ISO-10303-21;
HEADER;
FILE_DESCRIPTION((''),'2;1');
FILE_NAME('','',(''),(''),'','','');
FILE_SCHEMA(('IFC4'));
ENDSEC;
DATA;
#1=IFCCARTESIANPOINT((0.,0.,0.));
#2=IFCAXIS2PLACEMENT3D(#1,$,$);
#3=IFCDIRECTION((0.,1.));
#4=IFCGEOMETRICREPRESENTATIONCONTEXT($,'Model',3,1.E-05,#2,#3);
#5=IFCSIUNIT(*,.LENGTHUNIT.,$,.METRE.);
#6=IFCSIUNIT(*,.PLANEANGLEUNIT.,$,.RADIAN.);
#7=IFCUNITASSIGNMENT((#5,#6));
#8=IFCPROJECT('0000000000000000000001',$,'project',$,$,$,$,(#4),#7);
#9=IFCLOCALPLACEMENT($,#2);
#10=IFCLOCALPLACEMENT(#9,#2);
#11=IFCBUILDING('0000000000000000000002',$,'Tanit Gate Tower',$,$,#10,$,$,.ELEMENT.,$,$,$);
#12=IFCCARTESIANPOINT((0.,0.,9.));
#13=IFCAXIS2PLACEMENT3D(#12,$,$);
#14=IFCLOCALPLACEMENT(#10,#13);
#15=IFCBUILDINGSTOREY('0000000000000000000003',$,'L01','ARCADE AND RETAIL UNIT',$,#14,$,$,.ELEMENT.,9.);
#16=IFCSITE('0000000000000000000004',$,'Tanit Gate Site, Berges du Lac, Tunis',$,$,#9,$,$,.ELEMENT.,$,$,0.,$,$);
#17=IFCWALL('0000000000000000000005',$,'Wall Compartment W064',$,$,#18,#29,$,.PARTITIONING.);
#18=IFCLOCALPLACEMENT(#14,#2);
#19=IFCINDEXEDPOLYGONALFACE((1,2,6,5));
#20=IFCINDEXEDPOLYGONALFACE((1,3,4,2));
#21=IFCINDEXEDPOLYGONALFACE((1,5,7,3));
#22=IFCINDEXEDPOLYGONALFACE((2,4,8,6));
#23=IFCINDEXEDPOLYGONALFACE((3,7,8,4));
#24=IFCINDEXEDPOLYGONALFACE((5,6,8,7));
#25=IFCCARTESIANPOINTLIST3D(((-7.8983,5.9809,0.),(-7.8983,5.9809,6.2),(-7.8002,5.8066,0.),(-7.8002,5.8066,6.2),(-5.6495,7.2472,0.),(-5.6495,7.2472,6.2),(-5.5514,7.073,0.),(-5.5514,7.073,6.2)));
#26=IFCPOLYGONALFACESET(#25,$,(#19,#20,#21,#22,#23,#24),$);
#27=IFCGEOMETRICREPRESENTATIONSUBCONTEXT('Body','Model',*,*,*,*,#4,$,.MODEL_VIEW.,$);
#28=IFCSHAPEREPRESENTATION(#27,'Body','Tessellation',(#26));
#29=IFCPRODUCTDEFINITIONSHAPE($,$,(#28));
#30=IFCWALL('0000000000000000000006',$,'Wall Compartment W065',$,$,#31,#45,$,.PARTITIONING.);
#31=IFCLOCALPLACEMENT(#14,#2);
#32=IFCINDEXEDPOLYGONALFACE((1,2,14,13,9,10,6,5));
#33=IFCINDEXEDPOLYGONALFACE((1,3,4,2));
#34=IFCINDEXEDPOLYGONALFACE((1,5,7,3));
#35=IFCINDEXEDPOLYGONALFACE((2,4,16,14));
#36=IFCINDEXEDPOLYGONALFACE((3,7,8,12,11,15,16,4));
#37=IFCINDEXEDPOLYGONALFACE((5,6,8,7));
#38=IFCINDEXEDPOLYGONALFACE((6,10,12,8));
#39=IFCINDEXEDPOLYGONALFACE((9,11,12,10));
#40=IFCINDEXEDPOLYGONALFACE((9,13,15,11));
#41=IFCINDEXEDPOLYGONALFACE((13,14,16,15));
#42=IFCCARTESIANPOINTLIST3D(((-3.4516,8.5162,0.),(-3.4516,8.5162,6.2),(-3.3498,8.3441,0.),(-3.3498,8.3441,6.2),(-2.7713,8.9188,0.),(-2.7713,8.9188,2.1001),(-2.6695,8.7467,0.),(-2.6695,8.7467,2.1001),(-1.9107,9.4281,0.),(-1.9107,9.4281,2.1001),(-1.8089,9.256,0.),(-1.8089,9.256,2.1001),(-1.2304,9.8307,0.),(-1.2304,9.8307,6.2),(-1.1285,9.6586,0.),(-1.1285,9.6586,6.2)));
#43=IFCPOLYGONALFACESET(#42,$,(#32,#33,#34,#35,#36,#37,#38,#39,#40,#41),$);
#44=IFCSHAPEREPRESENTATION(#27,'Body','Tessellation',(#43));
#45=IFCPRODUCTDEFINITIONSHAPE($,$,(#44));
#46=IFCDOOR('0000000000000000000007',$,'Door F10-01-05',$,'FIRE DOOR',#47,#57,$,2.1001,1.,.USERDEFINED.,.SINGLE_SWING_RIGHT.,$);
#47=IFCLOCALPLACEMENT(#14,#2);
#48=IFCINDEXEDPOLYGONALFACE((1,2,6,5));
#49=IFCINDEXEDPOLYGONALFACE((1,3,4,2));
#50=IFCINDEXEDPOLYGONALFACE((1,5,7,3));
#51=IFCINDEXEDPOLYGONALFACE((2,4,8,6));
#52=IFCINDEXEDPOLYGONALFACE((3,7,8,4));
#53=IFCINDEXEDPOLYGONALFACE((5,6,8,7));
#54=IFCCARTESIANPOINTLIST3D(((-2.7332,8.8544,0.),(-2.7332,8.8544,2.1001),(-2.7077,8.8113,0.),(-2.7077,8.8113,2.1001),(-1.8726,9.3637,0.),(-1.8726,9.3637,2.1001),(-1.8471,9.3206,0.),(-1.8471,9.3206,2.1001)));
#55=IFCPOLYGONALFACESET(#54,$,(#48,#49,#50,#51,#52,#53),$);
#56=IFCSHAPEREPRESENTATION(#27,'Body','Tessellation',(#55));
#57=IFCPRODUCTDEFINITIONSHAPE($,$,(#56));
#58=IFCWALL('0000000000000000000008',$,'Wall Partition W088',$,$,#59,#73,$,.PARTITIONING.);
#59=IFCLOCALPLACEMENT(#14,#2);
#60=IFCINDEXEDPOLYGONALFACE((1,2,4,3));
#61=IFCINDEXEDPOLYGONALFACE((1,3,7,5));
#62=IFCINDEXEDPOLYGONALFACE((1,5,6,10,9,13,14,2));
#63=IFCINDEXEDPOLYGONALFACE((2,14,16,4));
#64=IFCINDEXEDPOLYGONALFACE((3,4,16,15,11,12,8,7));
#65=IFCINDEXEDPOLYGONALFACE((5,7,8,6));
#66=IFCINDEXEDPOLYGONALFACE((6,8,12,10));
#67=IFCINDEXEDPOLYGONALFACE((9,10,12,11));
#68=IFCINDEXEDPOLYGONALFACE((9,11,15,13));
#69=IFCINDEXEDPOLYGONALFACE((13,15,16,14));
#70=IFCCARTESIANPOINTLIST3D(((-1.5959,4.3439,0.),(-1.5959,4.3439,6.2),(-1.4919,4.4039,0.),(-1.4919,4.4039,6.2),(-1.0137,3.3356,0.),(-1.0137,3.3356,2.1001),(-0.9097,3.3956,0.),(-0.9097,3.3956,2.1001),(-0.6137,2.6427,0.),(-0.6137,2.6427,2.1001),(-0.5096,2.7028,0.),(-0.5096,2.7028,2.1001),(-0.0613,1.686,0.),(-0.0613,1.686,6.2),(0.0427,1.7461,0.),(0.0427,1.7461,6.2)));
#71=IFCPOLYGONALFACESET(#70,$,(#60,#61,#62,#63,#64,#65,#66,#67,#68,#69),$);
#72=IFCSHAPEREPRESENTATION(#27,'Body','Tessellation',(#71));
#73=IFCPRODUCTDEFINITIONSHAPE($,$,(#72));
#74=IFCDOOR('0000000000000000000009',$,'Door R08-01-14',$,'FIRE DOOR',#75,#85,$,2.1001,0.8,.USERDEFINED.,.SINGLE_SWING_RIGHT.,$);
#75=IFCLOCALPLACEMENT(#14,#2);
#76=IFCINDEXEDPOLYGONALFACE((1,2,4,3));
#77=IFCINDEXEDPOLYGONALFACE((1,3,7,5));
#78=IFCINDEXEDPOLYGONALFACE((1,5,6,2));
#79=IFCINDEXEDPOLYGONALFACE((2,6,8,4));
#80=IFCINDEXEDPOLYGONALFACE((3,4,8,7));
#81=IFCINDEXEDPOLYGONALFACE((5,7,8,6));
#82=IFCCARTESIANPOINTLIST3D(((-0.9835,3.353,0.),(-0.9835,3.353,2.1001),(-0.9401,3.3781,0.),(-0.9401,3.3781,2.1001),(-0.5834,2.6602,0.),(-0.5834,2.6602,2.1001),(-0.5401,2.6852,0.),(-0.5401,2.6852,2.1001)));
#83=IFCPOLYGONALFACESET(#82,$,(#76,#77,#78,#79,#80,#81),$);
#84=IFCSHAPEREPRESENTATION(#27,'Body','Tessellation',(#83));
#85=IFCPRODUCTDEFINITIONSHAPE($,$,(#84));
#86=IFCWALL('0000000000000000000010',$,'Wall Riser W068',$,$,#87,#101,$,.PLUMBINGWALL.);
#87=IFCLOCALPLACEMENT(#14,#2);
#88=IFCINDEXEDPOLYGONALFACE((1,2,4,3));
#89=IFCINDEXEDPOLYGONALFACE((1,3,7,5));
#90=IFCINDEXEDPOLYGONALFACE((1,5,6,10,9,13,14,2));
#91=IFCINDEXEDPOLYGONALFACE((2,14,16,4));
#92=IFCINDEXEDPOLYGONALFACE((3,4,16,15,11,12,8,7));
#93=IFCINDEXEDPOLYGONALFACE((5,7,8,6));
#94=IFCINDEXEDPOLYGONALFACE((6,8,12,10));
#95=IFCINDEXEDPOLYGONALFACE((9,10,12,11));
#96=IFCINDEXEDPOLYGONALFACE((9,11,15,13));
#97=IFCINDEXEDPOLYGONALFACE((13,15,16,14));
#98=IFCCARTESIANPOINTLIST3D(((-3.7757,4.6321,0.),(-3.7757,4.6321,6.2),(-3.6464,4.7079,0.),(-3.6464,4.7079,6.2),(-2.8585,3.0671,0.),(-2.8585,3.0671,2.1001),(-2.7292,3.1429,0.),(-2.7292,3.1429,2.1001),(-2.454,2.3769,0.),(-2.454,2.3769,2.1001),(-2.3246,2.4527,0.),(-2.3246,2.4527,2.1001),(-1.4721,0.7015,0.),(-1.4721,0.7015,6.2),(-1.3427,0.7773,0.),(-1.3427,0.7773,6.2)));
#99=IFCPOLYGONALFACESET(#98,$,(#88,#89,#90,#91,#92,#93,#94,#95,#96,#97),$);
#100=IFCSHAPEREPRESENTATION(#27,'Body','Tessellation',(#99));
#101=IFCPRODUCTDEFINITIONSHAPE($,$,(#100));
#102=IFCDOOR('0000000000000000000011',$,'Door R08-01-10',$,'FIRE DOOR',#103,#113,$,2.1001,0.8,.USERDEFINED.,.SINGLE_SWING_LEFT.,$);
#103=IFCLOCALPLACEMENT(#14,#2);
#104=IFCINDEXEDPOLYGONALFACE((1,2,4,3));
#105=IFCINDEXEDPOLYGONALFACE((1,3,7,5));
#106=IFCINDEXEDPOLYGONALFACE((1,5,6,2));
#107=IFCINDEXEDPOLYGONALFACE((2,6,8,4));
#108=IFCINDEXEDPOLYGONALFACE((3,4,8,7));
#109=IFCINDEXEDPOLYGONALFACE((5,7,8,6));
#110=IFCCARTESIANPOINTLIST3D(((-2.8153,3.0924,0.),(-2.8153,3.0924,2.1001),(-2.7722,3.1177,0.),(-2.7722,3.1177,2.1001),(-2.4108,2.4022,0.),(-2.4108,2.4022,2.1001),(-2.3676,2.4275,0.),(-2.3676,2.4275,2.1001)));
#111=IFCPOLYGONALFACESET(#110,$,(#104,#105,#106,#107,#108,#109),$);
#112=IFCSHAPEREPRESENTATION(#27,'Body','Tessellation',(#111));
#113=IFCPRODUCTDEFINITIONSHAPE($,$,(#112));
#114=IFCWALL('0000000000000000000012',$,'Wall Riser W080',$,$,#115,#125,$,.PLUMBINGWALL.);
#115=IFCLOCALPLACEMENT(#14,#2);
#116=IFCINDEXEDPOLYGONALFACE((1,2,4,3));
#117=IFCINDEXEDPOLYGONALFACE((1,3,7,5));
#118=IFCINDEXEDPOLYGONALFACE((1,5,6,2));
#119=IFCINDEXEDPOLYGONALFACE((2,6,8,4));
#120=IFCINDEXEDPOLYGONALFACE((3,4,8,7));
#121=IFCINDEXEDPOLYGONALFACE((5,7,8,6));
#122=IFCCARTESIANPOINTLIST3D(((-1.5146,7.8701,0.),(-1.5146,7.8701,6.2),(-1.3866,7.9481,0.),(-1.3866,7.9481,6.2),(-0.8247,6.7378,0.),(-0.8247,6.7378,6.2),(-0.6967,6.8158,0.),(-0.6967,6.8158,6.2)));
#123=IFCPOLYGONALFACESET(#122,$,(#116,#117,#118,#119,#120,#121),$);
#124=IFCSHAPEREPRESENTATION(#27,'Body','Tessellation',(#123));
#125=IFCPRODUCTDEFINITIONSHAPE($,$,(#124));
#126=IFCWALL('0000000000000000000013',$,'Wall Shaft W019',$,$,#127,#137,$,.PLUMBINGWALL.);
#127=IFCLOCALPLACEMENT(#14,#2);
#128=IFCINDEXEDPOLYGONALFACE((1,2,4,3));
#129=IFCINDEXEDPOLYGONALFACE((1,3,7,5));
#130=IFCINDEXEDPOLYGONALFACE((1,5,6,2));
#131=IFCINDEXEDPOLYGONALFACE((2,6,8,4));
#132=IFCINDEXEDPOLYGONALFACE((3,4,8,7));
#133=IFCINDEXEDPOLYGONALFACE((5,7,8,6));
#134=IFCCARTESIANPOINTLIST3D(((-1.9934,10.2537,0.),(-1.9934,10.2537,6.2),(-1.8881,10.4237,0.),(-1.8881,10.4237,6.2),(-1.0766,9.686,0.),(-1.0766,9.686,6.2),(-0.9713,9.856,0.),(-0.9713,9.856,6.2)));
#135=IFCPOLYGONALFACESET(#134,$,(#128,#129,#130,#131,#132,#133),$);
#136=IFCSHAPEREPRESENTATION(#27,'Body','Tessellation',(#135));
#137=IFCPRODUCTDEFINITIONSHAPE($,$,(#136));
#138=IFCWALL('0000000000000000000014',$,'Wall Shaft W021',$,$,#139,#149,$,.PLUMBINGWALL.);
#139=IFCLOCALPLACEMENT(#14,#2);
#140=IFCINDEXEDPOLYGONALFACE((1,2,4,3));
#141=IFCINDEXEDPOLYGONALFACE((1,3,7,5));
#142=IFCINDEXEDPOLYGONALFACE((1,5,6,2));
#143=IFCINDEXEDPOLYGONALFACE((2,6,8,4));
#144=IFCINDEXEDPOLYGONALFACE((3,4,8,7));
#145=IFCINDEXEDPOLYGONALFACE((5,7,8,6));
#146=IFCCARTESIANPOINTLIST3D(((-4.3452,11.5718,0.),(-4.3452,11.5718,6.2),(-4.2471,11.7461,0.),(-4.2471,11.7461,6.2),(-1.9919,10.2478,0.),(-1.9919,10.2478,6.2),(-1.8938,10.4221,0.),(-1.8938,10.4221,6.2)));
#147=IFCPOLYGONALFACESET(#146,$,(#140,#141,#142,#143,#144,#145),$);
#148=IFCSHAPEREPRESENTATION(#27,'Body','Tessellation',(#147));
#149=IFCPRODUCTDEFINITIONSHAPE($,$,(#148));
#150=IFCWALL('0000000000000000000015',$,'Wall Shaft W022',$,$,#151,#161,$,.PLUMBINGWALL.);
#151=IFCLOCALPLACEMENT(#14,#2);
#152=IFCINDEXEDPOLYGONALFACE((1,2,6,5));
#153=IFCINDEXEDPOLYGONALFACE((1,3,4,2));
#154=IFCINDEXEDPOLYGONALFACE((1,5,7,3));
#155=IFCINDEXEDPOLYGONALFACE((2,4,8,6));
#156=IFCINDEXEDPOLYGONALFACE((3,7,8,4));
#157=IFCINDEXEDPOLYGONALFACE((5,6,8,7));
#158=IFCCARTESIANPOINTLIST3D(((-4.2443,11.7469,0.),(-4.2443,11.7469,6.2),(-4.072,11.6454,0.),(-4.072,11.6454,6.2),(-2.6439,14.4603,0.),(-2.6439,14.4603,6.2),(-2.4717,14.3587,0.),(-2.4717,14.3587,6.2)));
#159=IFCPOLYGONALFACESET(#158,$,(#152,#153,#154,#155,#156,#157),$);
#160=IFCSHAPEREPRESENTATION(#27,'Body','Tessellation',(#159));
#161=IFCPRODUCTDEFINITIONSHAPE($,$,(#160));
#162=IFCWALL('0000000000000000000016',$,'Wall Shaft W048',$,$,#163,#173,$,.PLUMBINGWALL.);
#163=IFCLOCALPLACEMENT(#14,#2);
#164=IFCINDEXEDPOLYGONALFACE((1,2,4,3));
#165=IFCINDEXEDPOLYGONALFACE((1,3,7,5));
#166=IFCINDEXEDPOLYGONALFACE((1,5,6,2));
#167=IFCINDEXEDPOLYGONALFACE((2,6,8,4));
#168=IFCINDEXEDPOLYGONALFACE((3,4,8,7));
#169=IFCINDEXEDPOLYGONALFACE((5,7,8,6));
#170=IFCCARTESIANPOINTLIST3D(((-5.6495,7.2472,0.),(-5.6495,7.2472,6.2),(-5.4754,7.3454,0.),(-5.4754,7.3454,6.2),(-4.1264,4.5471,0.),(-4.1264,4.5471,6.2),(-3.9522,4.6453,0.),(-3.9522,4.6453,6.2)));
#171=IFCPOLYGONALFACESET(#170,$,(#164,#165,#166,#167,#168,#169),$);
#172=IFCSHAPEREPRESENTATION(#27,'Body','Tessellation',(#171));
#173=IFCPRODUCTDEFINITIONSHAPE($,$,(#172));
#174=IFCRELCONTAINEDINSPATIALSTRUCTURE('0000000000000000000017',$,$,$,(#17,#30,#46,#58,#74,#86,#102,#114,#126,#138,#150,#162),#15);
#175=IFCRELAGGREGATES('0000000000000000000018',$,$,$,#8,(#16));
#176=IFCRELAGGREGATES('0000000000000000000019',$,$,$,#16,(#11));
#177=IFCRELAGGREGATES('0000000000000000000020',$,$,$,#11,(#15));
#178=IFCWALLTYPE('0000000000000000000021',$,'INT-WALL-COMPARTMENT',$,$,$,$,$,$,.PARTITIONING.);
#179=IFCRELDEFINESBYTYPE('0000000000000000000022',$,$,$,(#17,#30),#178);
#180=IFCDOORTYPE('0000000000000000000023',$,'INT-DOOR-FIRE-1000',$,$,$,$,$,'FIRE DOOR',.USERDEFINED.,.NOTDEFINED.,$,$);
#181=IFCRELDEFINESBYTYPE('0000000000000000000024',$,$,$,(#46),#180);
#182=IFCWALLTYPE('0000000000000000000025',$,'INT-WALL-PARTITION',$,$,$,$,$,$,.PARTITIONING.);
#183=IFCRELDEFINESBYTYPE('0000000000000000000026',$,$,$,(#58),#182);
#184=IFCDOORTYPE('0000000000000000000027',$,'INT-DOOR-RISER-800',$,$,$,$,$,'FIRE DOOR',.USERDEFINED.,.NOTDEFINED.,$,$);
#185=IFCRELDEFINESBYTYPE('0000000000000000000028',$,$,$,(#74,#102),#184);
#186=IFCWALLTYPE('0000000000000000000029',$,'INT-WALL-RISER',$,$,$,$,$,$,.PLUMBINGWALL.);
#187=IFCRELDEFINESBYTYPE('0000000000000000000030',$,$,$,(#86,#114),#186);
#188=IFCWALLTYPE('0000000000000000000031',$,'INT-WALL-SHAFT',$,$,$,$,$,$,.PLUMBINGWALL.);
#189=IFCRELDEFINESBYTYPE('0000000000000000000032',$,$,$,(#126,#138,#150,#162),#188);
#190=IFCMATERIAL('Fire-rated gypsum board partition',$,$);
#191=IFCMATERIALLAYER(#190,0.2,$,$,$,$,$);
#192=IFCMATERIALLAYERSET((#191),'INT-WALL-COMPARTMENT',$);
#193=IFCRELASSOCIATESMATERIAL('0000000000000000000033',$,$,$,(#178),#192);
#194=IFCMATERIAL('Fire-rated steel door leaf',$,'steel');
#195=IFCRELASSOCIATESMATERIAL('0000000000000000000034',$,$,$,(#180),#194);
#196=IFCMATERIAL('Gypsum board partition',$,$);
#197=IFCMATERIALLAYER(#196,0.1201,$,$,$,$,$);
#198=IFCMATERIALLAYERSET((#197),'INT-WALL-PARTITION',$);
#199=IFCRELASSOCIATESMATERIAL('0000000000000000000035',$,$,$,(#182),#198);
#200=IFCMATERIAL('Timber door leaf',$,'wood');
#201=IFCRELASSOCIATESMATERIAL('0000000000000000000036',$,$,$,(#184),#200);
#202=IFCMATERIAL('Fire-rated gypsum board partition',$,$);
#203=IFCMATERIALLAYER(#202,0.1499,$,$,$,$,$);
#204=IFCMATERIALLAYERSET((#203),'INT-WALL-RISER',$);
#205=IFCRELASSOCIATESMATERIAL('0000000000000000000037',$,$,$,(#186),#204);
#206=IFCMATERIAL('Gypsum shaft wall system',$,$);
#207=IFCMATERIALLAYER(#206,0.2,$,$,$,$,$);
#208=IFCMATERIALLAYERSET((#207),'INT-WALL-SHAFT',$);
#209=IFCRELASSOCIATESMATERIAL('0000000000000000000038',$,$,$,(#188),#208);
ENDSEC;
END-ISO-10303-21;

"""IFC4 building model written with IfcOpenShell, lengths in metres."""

from ifc_helpers import new_model, si_unit, direction, frame, frame_2d, origin, place, context, subcontext, project, spatial, rectangle, extrude, material, layer, layer_set, type_object, element, fill, save


model = new_model("IFC4")

# Units and contexts
model_context = context("Model", 3, precision=1e-05, world=origin(), true_north=direction((0.0, 1.0)))
body_context = subcontext(model_context, "Body", "Model", "MODEL_VIEW")
ifc_project = project(units=[si_unit("LENGTHUNIT", "METRE"), si_unit("PLANEANGLEUNIT", "RADIAN")], contexts=[model_context])

# Site, building, storey
site_placement = place(None, origin())
site = spatial("IfcSite", under=ifc_project, at=site_placement, Name="Tanit Gate Site, Berges du Lac, Tunis", CompositionType="ELEMENT", RefElevation=0.0)
building_placement = place(site_placement, origin())
building = spatial("IfcBuilding", under=site, at=building_placement, Name="Tanit Gate Tower", CompositionType="ELEMENT")
storey_placement = place(building_placement, frame((0.0, 0.0, 9.0)))
storey = spatial("IfcBuildingStorey", under=building, at=storey_placement, Name="L01", Description="ARCADE AND RETAIL UNIT", CompositionType="ELEMENT", Elevation=9.0)

# Wall
ifc_material_1 = material(Name="Fire-rated gypsum board partition")
ifc_layer_1 = layer(ifc_material_1, 0.2)
ifc_layer_set_1 = layer_set([ifc_layer_1], Name="INT-WALL-COMPARTMENT")
wall_type_1 = type_object("IfcWallType", Name="INT-WALL-COMPARTMENT", PredefinedType="PARTITIONING", material=ifc_layer_set_1)
wall_1_placement = place(storey_placement, frame((-5.6003, 7.1602, 0.0), z_axis=(0.0, 0.0, 1.0), x_axis=(-0.87134, -0.490679, 0.0)))
element("IfcWall", 1, at=wall_1_placement, inside=storey, type_object=wall_type_1, Name="Wall Compartment W064", PredefinedType="PARTITIONING", context=body_context, shape_type="SweptSolid", body=[
    extrude(rectangle(XDim=2.5808, YDim=0.2, at=frame_2d((1.2905, 0.0))), origin(), (0.0, 0.0, 1.0), 6.2),
])

# Walls, openings, doors
wall_2_placement = place(storey_placement, frame((-1.1794, 9.7446, 0.0), z_axis=(0.0, 0.0, 1.0), x_axis=(-0.860599, -0.509284, 0.0)))
wall_2 = element("IfcWall", 2, at=wall_2_placement, inside=storey, type_object=wall_type_1, Name="Wall Compartment W065", PredefinedType="PARTITIONING", context=body_context, shape_type="SweptSolid", body=[
    extrude(rectangle(XDim=2.5811, YDim=0.2, at=frame_2d((1.2905, 0.0))), origin(), (0.0, 0.0, 1.0), 6.2),
])
opening_1_placement = place(wall_2_placement, frame((0.7905, 0.0, 0.0)))
opening_1 = element("IfcOpeningElement", 3, at=opening_1_placement, cuts=wall_2, PredefinedType="OPENING", context=body_context, shape_type="SweptSolid", body=[
    extrude(rectangle(XDim=1.0, YDim=2.1001, at=frame_2d((0.5, 1.05))), frame((0.0, 0.1099, 0.0), z_axis=(0.0, -1.0, 0.0), x_axis=(1.0, 0.0, 0.0)), (0.0, 0.0, 1.0), 0.22),
])
ifc_material_2 = material(Name="Fire-rated steel door leaf", Category="steel")
door_type_1 = type_object("IfcDoorType", Name="INT-DOOR-FIRE-1000", ElementType="FIRE DOOR", OperationType="NOTDEFINED", PredefinedType="USERDEFINED", material=ifc_material_2)
door_1_placement = place(opening_1_placement, origin())
door_1 = element("IfcDoor", 4, at=door_1_placement, inside=storey, type_object=door_type_1, Name="Door F10-01-05", ObjectType="FIRE DOOR", OperationType="SINGLE_SWING_RIGHT", OverallHeight=2.1001, OverallWidth=1.0, PredefinedType="USERDEFINED", context=body_context, shape_type="SweptSolid", body=[
    extrude(rectangle(XDim=1.0, YDim=2.1001, at=frame_2d((0.5, 1.05))), frame((0.0, 0.0249, 0.0), z_axis=(0.0, -1.0, 0.0), x_axis=(1.0, 0.0, 0.0)), (0.0, 0.0, 1.0), 0.05),
])
fill(opening_1, door_1)
ifc_material_3 = material(Name="Gypsum board partition")
ifc_layer_2 = layer(ifc_material_3, 0.1201)
ifc_layer_set_2 = layer_set([ifc_layer_2], Name="INT-WALL-PARTITION")
wall_type_2 = type_object("IfcWallType", Name="INT-WALL-PARTITION", PredefinedType="PARTITIONING", material=ifc_layer_set_2)
wall_3_placement = place(storey_placement, frame((-1.5439, 4.374, 0.0), z_axis=(0.0, 0.0, 1.0), x_axis=(0.500023, -0.866012, 0.0)))
wall_3 = element("IfcWall", 5, at=wall_3_placement, inside=storey, type_object=wall_type_2, Name="Wall Partition W088", PredefinedType="PARTITIONING", context=body_context, shape_type="SweptSolid", body=[
    extrude(rectangle(XDim=3.0691, YDim=0.1201, at=frame_2d((1.5347, 0.0))), origin(), (0.0, 0.0, 1.0), 6.2),
])
opening_2_placement = place(wall_3_placement, frame((1.1646, 0.0, 0.0)))
opening_2 = element("IfcOpeningElement", 6, at=opening_2_placement, cuts=wall_3, PredefinedType="OPENING", context=body_context, shape_type="SweptSolid", body=[
    extrude(rectangle(XDim=0.8, YDim=2.1001, at=frame_2d((0.3999, 1.05))), frame((0.0, 0.0701, 0.0), z_axis=(0.0, -1.0, 0.0), x_axis=(1.0, 0.0, 0.0)), (0.0, 0.0, 1.0), 0.1401),
])
ifc_material_4 = material(Name="Timber door leaf", Category="wood")
door_type_2 = type_object("IfcDoorType", Name="INT-DOOR-RISER-800", ElementType="FIRE DOOR", OperationType="NOTDEFINED", PredefinedType="USERDEFINED", material=ifc_material_4)
door_2_placement = place(opening_2_placement, origin())
door_2 = element("IfcDoor", 7, at=door_2_placement, inside=storey, type_object=door_type_2, Name="Door R08-01-14", ObjectType="FIRE DOOR", OperationType="SINGLE_SWING_RIGHT", OverallHeight=2.1001, OverallWidth=0.8, PredefinedType="USERDEFINED", context=body_context, shape_type="SweptSolid", body=[
    extrude(rectangle(XDim=0.8, YDim=2.1001, at=frame_2d((0.3999, 1.05))), frame((0.0, 0.0249, 0.0), z_axis=(0.0, -1.0, 0.0), x_axis=(1.0, 0.0, 0.0)), (0.0, 0.0, 1.0), 0.05),
])
fill(opening_2, door_2)
ifc_material_5 = material(Name="Fire-rated gypsum board partition")
ifc_layer_3 = layer(ifc_material_5, 0.1499)
ifc_layer_set_3 = layer_set([ifc_layer_3], Name="INT-WALL-RISER")
wall_type_3 = type_object("IfcWallType", Name="INT-WALL-RISER", PredefinedType="PLUMBINGWALL", material=ifc_layer_set_3)
wall_4_placement = place(storey_placement, frame((-1.4075, 0.7395, 0.0), z_axis=(0.0, 0.0, 1.0), x_axis=(-0.505642, 0.862743, 0.0)))
wall_4 = element("IfcWall", 8, at=wall_4_placement, inside=storey, type_object=wall_type_3, Name="Wall Riser W068", PredefinedType="PLUMBINGWALL", context=body_context, shape_type="SweptSolid", body=[
    extrude(rectangle(XDim=4.5559, YDim=0.1499, at=frame_2d((2.2778, 0.0))), origin(), (0.0, 0.0, 1.0), 6.2),
])
opening_3_placement = place(wall_4_placement, frame((1.9419, 0.0, 0.0)))
opening_3 = element("IfcOpeningElement", 9, at=opening_3_placement, cuts=wall_4, PredefinedType="OPENING", context=body_context, shape_type="SweptSolid", body=[
    extrude(rectangle(XDim=0.8, YDim=2.1001, at=frame_2d((0.3999, 1.05))), frame((0.0, 0.085, 0.0), z_axis=(0.0, -1.0, 0.0), x_axis=(1.0, 0.0, 0.0)), (0.0, 0.0, 1.0), 0.1699),
])
door_3_placement = place(opening_3_placement, origin())
door_3 = element("IfcDoor", 10, at=door_3_placement, inside=storey, type_object=door_type_2, Name="Door R08-01-10", ObjectType="FIRE DOOR", OperationType="SINGLE_SWING_LEFT", OverallHeight=2.1001, OverallWidth=0.8, PredefinedType="USERDEFINED", context=body_context, shape_type="SweptSolid", body=[
    extrude(rectangle(XDim=0.8, YDim=2.1001, at=frame_2d((0.3999, 1.05))), frame((0.0, 0.0249, 0.0), z_axis=(0.0, -1.0, 0.0), x_axis=(1.0, 0.0, 0.0)), (0.0, 0.0, 1.0), 0.05),
])
fill(opening_3, door_3)

# Walls
wall_5_placement = place(storey_placement, frame((-1.4507, 7.9092, 0.0), z_axis=(0.0, 0.0, 1.0), x_axis=(0.520332, -0.853964, 0.0)))
element("IfcWall", 11, at=wall_5_placement, inside=storey, type_object=wall_type_3, Name="Wall Riser W080", PredefinedType="PLUMBINGWALL", context=body_context, shape_type="SweptSolid", body=[
    extrude(rectangle(XDim=1.3259, YDim=0.1499, at=frame_2d((0.6631, 0.0))), origin(), (0.0, 0.0, 1.0), 6.2),
])
ifc_material_6 = material(Name="Gypsum shaft wall system")
ifc_layer_4 = layer(ifc_material_6, 0.2)
ifc_layer_set_4 = layer_set([ifc_layer_4], Name="INT-WALL-SHAFT")
wall_type_4 = type_object("IfcWallType", Name="INT-WALL-SHAFT", PredefinedType="PLUMBINGWALL", material=ifc_layer_set_4)
wall_6_placement = place(storey_placement, frame((-1.9407, 10.3386, 0.0), z_axis=(0.0, 0.0, 1.0), x_axis=(0.850217, -0.526433, 0.0)))
element("IfcWall", 12, at=wall_6_placement, inside=storey, type_object=wall_type_4, Name="Wall Shaft W019", PredefinedType="PLUMBINGWALL", context=body_context, shape_type="SweptSolid", body=[
    extrude(rectangle(XDim=1.0784, YDim=0.2, at=frame_2d((0.5391, 0.0))), origin(), (0.0, 0.0, 1.0), 6.2),
])
wall_7_placement = place(storey_placement, frame((-4.2961, 11.6589, 0.0), z_axis=(0.0, 0.0, 1.0), x_axis=(0.871534, -0.490334, 0.0)))
element("IfcWall", 13, at=wall_7_placement, inside=storey, type_object=wall_type_4, Name="Wall Shaft W021", PredefinedType="PLUMBINGWALL", context=body_context, shape_type="SweptSolid", body=[
    extrude(rectangle(XDim=2.7002, YDim=0.2, at=frame_2d((1.3501, 0.0))), origin(), (0.0, 0.0, 1.0), 6.2),
])
wall_8_placement = place(storey_placement, frame((-4.1582, 11.696, 0.0), z_axis=(0.0, 0.0, 1.0), x_axis=(0.508019, 0.861346, 0.0)))
element("IfcWall", 14, at=wall_8_placement, inside=storey, type_object=wall_type_4, Name="Wall Shaft W022", PredefinedType="PLUMBINGWALL", context=body_context, shape_type="SweptSolid", body=[
    extrude(rectangle(XDim=3.1501, YDim=0.2, at=frame_2d((1.5752, 0.0))), origin(), (0.0, 0.0, 1.0), 6.2),
])

# Wall
wall_9_placement = place(storey_placement, frame((-4.0393, 4.5962, 0.0), z_axis=(0.0, 0.0, 1.0), x_axis=(-0.491323, 0.870978, 0.0)))
element("IfcWall", 15, at=wall_9_placement, inside=storey, type_object=wall_type_4, Name="Wall Shaft W048", PredefinedType="PLUMBINGWALL", context=body_context, shape_type="SweptSolid", body=[
    extrude(rectangle(XDim=3.1001, YDim=0.2, at=frame_2d((1.55, 0.0))), origin(), (0.0, 0.0, 1.0), 6.2),
])

save(model, "model.ifc")
